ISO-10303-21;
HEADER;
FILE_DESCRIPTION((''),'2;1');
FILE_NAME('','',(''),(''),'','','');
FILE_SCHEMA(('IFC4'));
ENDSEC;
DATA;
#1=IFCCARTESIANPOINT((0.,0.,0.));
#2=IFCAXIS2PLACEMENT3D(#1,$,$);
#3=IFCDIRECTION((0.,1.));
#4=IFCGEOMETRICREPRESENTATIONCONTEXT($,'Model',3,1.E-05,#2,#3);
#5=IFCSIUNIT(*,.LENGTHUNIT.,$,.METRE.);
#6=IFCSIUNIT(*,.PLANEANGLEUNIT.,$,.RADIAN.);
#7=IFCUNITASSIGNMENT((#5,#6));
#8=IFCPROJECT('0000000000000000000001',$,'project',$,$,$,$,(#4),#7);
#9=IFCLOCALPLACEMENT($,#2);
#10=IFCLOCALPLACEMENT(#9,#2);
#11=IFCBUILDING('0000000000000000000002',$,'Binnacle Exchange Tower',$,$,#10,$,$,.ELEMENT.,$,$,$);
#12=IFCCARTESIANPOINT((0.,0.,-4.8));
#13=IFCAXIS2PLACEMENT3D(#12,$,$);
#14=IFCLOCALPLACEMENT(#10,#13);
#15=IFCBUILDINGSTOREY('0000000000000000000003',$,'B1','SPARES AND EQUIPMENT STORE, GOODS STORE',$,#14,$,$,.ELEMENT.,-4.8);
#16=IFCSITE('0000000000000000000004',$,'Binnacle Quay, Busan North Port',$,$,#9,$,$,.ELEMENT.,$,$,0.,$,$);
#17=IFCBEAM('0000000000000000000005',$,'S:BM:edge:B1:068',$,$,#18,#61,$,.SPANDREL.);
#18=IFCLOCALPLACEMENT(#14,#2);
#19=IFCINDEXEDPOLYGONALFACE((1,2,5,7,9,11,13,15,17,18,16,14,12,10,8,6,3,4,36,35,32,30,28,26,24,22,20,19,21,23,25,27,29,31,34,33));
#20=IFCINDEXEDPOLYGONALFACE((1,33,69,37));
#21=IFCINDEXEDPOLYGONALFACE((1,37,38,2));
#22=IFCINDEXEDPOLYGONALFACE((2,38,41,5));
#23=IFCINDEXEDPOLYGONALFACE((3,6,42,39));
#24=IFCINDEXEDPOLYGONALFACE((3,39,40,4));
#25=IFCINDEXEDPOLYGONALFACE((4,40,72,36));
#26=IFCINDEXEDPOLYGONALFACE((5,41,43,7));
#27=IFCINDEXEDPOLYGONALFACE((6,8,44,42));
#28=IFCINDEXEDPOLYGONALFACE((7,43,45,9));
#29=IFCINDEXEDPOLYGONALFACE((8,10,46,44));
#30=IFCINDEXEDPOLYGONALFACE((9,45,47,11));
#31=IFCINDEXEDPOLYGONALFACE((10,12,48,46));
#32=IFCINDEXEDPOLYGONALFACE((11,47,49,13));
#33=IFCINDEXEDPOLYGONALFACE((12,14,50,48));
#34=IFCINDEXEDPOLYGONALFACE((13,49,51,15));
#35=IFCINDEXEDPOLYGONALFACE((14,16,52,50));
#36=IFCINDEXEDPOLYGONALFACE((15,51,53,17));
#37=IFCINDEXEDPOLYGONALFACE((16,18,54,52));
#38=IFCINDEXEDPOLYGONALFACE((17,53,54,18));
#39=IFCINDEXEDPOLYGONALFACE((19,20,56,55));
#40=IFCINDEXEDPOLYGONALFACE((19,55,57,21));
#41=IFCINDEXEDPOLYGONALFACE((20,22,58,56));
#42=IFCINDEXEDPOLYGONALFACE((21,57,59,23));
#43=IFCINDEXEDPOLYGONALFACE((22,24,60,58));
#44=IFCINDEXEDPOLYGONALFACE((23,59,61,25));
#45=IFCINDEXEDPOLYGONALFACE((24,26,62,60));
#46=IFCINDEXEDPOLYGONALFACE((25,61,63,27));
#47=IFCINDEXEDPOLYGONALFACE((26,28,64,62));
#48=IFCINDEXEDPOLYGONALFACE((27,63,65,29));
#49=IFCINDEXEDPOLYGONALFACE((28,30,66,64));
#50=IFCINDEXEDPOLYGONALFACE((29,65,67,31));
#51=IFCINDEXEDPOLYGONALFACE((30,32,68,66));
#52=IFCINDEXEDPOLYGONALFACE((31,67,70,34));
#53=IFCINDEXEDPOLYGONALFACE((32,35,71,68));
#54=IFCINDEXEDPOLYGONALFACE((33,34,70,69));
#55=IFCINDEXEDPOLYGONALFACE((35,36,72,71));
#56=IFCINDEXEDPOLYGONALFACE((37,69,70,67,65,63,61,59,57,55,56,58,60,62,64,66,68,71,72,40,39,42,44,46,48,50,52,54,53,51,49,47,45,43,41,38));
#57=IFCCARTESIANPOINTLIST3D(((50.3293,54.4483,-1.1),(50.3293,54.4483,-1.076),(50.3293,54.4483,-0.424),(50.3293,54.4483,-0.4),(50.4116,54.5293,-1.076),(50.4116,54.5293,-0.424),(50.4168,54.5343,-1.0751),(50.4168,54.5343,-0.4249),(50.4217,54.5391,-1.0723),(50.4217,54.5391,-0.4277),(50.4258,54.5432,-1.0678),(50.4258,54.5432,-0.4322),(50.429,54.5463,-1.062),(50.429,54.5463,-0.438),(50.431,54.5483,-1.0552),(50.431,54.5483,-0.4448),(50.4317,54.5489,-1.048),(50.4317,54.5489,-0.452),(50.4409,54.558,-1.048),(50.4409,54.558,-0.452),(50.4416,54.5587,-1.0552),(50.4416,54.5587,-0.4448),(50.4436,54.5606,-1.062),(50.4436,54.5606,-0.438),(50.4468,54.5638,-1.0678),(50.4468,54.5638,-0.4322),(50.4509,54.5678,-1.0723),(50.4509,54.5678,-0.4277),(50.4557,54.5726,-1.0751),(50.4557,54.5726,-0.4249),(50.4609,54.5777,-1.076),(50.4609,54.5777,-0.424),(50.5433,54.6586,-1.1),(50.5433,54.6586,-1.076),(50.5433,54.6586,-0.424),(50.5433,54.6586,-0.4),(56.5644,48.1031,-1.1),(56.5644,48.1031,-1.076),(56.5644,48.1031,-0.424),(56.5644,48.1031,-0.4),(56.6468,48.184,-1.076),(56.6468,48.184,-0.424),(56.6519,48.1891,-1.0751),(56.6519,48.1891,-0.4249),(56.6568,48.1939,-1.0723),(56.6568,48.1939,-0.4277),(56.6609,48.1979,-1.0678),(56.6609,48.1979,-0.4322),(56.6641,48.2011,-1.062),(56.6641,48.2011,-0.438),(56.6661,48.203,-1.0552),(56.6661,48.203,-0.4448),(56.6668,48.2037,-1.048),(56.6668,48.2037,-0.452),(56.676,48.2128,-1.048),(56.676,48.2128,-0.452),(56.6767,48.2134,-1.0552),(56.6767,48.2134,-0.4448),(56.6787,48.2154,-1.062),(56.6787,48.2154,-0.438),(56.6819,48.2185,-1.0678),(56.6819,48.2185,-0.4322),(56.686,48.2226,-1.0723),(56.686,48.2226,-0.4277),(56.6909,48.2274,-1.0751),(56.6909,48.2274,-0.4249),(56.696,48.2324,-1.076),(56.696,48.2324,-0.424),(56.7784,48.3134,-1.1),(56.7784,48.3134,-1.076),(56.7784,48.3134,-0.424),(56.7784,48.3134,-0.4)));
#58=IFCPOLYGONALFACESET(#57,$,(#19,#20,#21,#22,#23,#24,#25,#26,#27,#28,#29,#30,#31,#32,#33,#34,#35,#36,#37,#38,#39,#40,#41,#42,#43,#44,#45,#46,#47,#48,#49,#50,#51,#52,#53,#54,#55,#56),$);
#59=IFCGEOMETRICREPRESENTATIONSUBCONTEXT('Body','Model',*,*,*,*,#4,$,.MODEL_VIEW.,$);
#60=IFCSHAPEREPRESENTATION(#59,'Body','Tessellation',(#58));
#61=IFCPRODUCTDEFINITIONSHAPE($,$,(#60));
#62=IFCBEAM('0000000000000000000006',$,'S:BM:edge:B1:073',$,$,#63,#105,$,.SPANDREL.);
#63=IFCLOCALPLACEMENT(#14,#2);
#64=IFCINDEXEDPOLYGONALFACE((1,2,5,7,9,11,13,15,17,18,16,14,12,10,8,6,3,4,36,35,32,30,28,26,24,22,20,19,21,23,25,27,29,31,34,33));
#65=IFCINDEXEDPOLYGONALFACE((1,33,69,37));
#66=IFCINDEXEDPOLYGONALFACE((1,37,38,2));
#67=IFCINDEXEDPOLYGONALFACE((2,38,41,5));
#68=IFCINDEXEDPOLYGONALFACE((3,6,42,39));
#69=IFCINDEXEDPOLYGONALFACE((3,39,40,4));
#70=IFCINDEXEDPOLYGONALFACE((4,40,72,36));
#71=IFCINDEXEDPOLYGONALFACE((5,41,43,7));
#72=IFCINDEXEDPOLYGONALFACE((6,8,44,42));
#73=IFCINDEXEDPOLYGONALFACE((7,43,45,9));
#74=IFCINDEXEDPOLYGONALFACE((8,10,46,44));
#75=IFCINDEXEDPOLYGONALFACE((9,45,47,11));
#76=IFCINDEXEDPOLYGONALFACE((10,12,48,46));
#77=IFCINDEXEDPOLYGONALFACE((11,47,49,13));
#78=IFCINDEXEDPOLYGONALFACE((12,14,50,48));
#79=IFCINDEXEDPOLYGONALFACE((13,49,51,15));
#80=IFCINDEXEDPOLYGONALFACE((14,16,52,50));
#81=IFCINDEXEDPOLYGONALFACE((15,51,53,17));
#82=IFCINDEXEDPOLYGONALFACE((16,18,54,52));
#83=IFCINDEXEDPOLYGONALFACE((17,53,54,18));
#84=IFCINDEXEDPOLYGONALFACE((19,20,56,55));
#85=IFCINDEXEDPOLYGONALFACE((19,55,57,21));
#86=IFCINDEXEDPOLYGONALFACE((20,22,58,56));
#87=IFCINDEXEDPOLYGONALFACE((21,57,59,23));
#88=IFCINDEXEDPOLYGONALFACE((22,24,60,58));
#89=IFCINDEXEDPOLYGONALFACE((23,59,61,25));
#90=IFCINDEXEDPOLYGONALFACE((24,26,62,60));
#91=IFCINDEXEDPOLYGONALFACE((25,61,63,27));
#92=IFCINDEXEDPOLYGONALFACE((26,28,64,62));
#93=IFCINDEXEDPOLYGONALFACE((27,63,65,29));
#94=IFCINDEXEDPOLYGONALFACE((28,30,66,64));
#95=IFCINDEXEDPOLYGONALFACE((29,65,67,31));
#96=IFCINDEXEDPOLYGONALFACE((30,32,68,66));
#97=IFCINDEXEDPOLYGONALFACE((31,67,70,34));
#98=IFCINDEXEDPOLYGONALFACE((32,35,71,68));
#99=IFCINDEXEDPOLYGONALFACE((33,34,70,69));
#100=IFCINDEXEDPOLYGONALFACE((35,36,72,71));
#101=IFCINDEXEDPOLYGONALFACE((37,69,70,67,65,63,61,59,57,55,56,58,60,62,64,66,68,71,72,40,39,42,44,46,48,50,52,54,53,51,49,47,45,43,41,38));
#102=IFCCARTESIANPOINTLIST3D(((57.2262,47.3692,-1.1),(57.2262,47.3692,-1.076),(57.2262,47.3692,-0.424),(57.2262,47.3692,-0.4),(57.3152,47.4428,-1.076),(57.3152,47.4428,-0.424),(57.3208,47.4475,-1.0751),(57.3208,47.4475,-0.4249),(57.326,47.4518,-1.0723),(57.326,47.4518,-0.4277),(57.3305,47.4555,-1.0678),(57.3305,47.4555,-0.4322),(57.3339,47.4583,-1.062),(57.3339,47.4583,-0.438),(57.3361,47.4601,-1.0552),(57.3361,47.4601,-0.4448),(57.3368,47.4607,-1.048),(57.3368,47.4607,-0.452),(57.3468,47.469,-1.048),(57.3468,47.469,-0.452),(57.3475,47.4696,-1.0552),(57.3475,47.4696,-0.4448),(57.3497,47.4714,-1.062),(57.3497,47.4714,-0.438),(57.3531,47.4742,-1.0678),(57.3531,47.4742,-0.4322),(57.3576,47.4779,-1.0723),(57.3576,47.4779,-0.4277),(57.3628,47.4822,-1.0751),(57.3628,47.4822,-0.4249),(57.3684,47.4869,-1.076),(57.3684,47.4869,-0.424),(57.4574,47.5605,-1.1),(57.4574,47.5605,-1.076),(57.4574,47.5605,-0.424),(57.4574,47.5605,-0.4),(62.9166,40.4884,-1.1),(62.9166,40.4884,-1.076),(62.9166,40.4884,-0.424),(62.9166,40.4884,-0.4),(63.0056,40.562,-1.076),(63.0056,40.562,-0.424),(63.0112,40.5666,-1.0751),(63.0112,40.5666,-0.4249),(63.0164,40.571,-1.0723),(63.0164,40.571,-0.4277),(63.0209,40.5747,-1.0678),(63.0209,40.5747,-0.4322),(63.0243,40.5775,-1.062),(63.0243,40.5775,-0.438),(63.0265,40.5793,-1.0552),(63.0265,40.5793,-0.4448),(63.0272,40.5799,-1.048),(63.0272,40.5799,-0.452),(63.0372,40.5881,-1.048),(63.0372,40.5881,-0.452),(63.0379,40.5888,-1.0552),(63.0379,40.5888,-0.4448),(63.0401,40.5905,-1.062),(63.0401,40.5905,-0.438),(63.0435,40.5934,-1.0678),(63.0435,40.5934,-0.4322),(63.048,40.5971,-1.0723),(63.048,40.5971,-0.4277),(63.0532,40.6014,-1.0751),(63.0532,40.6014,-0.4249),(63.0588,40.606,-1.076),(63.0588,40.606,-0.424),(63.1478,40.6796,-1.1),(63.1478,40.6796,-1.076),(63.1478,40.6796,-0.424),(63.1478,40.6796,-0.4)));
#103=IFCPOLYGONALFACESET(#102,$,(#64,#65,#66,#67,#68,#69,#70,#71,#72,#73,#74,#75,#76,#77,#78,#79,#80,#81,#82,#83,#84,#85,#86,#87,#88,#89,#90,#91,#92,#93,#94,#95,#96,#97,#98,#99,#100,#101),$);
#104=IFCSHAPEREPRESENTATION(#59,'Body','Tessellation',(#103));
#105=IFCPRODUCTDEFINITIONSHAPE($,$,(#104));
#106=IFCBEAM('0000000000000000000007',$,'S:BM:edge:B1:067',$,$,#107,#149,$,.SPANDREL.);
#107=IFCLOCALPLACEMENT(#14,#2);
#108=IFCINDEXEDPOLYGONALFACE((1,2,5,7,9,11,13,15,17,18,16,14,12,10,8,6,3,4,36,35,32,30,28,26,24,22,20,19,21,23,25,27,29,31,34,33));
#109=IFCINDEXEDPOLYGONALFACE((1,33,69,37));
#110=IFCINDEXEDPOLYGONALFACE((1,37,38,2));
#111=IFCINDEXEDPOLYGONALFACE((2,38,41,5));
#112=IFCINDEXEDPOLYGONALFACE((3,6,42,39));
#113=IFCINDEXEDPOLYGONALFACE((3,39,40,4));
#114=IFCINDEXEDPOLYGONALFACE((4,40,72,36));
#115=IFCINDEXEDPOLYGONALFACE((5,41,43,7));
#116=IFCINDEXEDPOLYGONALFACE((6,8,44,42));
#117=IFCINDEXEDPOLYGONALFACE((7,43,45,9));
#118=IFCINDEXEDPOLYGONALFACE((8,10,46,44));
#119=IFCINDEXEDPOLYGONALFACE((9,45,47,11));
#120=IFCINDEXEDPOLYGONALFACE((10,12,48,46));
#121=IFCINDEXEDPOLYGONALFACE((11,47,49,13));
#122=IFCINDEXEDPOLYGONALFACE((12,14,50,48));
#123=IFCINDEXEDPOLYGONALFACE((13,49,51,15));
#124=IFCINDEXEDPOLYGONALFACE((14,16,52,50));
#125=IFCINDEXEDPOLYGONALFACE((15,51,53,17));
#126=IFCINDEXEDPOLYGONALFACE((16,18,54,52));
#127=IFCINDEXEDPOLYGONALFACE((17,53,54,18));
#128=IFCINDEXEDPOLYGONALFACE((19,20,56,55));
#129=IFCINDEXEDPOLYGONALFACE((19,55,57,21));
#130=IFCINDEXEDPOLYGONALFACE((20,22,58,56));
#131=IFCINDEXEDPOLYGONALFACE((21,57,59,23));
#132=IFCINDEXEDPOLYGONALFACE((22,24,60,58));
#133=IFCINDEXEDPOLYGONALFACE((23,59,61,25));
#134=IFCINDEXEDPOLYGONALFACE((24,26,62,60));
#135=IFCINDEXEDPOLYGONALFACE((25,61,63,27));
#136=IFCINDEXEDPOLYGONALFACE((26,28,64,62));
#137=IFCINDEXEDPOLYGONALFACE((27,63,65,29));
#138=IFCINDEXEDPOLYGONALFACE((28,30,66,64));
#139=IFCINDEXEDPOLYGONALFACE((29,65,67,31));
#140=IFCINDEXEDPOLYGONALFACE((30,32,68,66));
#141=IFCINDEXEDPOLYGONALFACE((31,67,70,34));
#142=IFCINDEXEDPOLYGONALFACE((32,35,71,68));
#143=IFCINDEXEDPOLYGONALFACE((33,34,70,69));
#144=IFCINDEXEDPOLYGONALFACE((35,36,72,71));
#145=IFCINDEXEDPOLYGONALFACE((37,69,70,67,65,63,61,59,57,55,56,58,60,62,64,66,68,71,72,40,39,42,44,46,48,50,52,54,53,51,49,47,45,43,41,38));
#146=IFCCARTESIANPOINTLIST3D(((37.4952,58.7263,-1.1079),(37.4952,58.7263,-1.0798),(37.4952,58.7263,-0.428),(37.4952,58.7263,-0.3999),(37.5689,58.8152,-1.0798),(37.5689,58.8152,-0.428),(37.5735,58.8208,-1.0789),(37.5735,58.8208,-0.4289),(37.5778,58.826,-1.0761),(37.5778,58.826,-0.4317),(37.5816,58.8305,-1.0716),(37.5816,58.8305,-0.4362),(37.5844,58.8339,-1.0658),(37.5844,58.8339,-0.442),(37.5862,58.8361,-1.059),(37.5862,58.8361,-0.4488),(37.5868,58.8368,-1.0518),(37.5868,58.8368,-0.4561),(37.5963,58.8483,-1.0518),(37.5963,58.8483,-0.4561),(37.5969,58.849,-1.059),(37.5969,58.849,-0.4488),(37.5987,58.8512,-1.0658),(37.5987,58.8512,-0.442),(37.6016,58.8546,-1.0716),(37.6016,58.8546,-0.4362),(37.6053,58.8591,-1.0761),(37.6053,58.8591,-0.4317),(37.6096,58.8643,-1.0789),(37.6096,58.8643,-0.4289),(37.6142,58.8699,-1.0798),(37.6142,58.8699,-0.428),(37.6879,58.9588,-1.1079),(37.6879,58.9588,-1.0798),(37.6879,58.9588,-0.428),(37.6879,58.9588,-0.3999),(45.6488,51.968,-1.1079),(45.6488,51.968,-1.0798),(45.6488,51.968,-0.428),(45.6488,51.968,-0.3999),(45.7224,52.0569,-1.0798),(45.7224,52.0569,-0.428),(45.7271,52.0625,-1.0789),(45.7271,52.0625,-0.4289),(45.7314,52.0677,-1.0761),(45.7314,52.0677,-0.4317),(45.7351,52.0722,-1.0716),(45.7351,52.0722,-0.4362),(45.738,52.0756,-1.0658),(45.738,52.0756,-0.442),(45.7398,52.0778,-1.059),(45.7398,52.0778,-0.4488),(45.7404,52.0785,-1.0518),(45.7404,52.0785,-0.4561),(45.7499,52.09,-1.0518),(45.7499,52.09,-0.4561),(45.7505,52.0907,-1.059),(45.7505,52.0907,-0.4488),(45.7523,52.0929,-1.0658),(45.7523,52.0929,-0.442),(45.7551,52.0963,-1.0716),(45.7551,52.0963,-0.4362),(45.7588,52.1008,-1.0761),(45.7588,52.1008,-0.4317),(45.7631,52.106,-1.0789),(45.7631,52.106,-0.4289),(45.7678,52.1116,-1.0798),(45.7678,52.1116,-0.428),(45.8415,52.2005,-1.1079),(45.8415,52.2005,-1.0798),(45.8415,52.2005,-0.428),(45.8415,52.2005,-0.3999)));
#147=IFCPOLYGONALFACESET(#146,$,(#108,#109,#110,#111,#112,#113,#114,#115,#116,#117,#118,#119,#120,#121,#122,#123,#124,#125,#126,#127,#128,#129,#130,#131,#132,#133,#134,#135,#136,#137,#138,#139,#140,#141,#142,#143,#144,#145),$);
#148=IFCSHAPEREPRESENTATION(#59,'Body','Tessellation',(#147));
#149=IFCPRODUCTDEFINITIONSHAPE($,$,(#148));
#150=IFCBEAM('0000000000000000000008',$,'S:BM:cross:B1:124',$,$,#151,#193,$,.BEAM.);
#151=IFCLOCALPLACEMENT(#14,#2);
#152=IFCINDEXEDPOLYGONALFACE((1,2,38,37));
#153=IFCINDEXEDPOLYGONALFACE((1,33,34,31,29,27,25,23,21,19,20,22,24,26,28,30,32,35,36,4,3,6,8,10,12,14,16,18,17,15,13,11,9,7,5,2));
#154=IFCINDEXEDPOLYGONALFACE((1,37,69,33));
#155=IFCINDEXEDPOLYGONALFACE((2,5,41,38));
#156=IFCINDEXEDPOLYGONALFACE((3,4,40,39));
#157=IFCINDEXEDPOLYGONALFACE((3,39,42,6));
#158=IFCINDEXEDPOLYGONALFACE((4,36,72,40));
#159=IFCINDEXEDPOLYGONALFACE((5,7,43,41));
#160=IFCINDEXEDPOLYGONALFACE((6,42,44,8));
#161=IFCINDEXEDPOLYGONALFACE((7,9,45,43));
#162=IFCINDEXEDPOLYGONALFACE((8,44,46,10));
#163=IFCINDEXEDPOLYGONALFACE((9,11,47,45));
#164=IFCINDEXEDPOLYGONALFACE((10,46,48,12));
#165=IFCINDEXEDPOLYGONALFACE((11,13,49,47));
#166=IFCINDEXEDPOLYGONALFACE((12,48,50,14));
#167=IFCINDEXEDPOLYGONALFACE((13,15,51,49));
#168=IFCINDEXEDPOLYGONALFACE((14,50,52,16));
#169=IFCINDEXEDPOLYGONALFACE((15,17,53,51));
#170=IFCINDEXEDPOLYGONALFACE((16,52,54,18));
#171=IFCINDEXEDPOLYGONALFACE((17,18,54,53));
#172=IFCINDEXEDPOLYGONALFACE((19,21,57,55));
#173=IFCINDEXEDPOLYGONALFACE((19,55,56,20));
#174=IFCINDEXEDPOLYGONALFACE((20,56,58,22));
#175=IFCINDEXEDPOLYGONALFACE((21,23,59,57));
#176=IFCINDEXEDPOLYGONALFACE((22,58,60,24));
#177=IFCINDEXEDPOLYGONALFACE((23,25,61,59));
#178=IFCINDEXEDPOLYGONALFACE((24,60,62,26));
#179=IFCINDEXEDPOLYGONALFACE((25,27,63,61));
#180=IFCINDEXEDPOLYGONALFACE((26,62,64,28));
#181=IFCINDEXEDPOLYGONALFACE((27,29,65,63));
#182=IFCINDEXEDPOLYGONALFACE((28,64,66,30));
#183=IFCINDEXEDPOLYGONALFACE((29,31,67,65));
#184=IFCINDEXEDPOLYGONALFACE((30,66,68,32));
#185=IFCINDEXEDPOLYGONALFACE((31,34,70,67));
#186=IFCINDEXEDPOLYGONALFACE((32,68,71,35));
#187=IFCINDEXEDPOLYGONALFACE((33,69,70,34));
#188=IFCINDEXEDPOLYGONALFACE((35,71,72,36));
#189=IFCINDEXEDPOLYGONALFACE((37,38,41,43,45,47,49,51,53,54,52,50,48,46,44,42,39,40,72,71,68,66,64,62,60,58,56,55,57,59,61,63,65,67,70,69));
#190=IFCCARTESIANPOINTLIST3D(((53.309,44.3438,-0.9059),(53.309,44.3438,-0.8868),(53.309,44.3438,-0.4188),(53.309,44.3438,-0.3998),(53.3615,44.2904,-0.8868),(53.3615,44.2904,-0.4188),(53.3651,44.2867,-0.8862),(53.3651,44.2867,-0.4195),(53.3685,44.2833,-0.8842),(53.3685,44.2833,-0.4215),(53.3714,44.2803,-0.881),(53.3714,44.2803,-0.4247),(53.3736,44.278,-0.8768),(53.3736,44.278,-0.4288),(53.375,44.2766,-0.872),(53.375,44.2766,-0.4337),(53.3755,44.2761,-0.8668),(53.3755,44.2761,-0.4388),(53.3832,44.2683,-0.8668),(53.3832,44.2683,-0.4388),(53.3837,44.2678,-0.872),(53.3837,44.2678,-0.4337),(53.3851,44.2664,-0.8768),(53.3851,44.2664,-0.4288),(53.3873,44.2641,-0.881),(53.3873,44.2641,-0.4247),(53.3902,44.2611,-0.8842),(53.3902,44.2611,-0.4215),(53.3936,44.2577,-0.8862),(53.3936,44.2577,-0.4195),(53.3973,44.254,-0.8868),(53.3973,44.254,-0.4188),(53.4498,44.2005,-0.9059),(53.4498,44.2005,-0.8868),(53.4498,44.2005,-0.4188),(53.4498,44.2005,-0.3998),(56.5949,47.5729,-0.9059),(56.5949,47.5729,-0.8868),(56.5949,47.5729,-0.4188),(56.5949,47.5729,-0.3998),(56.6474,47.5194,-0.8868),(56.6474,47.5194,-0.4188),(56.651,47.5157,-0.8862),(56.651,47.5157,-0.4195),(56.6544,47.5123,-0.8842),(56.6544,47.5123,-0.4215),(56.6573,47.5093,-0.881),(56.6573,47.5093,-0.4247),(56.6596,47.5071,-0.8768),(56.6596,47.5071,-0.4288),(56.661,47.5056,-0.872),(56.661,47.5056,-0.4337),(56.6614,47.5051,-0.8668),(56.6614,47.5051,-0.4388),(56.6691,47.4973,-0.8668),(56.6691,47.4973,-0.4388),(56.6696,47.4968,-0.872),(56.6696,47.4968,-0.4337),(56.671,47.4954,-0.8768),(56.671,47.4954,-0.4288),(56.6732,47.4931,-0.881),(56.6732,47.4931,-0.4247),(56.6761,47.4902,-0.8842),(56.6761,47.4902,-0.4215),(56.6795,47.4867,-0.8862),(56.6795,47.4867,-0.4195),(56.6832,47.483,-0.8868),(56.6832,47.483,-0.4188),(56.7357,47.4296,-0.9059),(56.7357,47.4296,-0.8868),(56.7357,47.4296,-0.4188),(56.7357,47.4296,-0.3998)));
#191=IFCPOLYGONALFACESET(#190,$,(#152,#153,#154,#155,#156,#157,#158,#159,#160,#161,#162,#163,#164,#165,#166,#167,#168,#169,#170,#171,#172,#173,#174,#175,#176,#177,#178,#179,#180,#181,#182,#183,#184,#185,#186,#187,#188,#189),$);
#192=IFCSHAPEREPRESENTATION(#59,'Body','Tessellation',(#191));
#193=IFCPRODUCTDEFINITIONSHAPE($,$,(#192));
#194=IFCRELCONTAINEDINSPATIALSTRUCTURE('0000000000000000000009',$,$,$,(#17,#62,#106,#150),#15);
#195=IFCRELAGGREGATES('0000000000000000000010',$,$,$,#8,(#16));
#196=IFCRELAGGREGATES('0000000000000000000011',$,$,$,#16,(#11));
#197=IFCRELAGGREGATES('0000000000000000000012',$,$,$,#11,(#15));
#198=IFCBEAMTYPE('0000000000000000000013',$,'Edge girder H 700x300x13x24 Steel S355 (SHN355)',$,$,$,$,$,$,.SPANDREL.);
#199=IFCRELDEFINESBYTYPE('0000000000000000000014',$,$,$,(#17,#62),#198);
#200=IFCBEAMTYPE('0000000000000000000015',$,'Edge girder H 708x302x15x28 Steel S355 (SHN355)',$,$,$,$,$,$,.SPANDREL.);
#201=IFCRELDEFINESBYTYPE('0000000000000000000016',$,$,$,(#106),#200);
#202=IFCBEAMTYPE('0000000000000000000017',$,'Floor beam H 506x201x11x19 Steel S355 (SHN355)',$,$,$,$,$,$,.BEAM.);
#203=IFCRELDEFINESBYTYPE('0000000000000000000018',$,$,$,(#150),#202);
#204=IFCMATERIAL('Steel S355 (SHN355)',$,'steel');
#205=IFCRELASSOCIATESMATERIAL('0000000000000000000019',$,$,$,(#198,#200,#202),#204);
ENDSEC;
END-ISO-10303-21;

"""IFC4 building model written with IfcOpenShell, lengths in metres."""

from ifc_helpers import new_model, si_unit, direction, frame, origin, origin_2d, place, context, subcontext, project, spatial, i_section, extrude, material, material_profile, profile_set, type_object, element, save


model = new_model("IFC4")

# Units and contexts
model_context = context("Model", 3, precision=1e-05, world=origin(), true_north=direction((0.0, 1.0)))
body_context = subcontext(model_context, "Body", "Model", "MODEL_VIEW")
ifc_project = project(units=[si_unit("LENGTHUNIT", "METRE"), si_unit("PLANEANGLEUNIT", "RADIAN")], contexts=[model_context])

# Site, building, storey
site_placement = place(None, origin())
site = spatial("IfcSite", under=ifc_project, at=site_placement, Name="Binnacle Quay, Busan North Port", CompositionType="ELEMENT", RefElevation=0.0)
building_placement = place(site_placement, origin())
building = spatial("IfcBuilding", under=site, at=building_placement, Name="Binnacle Exchange Tower", CompositionType="ELEMENT")
storey_placement = place(building_placement, frame((0.0, 0.0, -4.8)))
storey = spatial("IfcBuildingStorey", under=building, at=storey_placement, Name="B1", Description="SPARES AND EQUIPMENT STORE, GOODS STORE", CompositionType="ELEMENT", Elevation=-4.8)

# Beams
ifc_material_1 = material(Name="Steel S355 (SHN355)", Category="steel")
ifc_material_profile_1 = material_profile(ifc_material_1, i_section(OverallWidth=0.3, OverallDepth=0.7, WebThickness=0.0129, FlangeThickness=0.0239, FilletRadius=0.0281, at=origin_2d()), Name="H 700x300x13x24")
ifc_profile_set_1 = profile_set([ifc_material_profile_1], Name="Steel S355 (SHN355)")
beam_type_1 = type_object("IfcBeamType", Name="Edge girder H 700x300x13x24 Steel S355 (SHN355)", PredefinedType="SPANDREL", material=ifc_profile_set_1)
beam_1_placement = place(storey_placement, frame((50.4363, 54.5535, -0.75), z_axis=(0.700891, -0.713268, 0.0), x_axis=(0.713268, 0.700891, 0.0)))
element("IfcBeam", 1, at=beam_1_placement, inside=storey, type_object=beam_type_1, Name="S:BM:edge:B1:068", PredefinedType="SPANDREL", context=body_context, shape_type="SweptSolid", body=[
    extrude(i_section(OverallWidth=0.3, OverallDepth=0.7, WebThickness=0.0129, FlangeThickness=0.0239, FilletRadius=0.0281, at=origin_2d()), origin(), (0.0, 0.0, 1.0), 8.896),
])
beam_2_placement = place(storey_placement, frame((57.3418, 47.4648, -0.75), z_axis=(0.637297, -0.770618, 0.0), x_axis=(0.770618, 0.637297, 0.0)))
element("IfcBeam", 2, at=beam_2_placement, inside=storey, type_object=beam_type_1, Name="S:BM:edge:B1:073", PredefinedType="SPANDREL", context=body_context, shape_type="SweptSolid", body=[
    extrude(i_section(OverallWidth=0.3, OverallDepth=0.7, WebThickness=0.0129, FlangeThickness=0.0239, FilletRadius=0.0281, at=origin_2d()), origin(), (0.0, 0.0, 1.0), 8.929),
])
ifc_material_profile_2 = material_profile(ifc_material_1, i_section(OverallWidth=0.302, OverallDepth=0.708, WebThickness=0.0149, FlangeThickness=0.0281, FilletRadius=0.0281, at=origin_2d()), Name="H 708x302x15x28")
ifc_profile_set_2 = profile_set([ifc_material_profile_2], Name="Steel S355 (SHN355)")
beam_type_2 = type_object("IfcBeamType", Name="Edge girder H 708x302x15x28 Steel S355 (SHN355)", PredefinedType="SPANDREL", material=ifc_profile_set_2)
beam_3_placement = place(storey_placement, frame((45.7451, 52.0842, -0.7539), z_axis=(-0.769906, 0.638157, 0.0), x_axis=(-0.638157, -0.769906, 0.0)))
element("IfcBeam", 3, at=beam_3_placement, inside=storey, type_object=beam_type_2, Name="S:BM:edge:B1:067", PredefinedType="SPANDREL", context=body_context, shape_type="SweptSolid", body=[
    extrude(i_section(OverallWidth=0.302, OverallDepth=0.708, WebThickness=0.0149, FlangeThickness=0.0281, FilletRadius=0.0281, at=origin_2d()), origin(), (0.0, 0.0, 1.0), 10.5903),
])
ifc_material_profile_3 = material_profile(ifc_material_1, i_section(OverallWidth=0.2009, OverallDepth=0.5061, WebThickness=0.011, FlangeThickness=0.019, FilletRadius=0.02, at=origin_2d()), Name="H 506x201x11x19")
ifc_profile_set_3 = profile_set([ifc_material_profile_3], Name="Steel S355 (SHN355)")
beam_type_3 = type_object("IfcBeamType", Name="Floor beam H 506x201x11x19 Steel S355 (SHN355)", PredefinedType="BEAM", material=ifc_profile_set_3)
beam_4_placement = place(storey_placement, frame((56.6653, 47.5012, -0.6528), z_axis=(-0.713254, -0.700906, 0.0), x_axis=(0.700906, -0.713254, 0.0)))
element("IfcBeam", 4, at=beam_4_placement, inside=storey, type_object=beam_type_3, Name="S:BM:cross:B1:124", PredefinedType="BEAM", context=body_context, shape_type="SweptSolid", body=[
    extrude(i_section(OverallWidth=0.2009, OverallDepth=0.5061, WebThickness=0.011, FlangeThickness=0.019, FilletRadius=0.02, at=origin_2d()), origin(), (0.0, 0.0, 1.0), 4.6069),
])

save(model, "model.ifc")
